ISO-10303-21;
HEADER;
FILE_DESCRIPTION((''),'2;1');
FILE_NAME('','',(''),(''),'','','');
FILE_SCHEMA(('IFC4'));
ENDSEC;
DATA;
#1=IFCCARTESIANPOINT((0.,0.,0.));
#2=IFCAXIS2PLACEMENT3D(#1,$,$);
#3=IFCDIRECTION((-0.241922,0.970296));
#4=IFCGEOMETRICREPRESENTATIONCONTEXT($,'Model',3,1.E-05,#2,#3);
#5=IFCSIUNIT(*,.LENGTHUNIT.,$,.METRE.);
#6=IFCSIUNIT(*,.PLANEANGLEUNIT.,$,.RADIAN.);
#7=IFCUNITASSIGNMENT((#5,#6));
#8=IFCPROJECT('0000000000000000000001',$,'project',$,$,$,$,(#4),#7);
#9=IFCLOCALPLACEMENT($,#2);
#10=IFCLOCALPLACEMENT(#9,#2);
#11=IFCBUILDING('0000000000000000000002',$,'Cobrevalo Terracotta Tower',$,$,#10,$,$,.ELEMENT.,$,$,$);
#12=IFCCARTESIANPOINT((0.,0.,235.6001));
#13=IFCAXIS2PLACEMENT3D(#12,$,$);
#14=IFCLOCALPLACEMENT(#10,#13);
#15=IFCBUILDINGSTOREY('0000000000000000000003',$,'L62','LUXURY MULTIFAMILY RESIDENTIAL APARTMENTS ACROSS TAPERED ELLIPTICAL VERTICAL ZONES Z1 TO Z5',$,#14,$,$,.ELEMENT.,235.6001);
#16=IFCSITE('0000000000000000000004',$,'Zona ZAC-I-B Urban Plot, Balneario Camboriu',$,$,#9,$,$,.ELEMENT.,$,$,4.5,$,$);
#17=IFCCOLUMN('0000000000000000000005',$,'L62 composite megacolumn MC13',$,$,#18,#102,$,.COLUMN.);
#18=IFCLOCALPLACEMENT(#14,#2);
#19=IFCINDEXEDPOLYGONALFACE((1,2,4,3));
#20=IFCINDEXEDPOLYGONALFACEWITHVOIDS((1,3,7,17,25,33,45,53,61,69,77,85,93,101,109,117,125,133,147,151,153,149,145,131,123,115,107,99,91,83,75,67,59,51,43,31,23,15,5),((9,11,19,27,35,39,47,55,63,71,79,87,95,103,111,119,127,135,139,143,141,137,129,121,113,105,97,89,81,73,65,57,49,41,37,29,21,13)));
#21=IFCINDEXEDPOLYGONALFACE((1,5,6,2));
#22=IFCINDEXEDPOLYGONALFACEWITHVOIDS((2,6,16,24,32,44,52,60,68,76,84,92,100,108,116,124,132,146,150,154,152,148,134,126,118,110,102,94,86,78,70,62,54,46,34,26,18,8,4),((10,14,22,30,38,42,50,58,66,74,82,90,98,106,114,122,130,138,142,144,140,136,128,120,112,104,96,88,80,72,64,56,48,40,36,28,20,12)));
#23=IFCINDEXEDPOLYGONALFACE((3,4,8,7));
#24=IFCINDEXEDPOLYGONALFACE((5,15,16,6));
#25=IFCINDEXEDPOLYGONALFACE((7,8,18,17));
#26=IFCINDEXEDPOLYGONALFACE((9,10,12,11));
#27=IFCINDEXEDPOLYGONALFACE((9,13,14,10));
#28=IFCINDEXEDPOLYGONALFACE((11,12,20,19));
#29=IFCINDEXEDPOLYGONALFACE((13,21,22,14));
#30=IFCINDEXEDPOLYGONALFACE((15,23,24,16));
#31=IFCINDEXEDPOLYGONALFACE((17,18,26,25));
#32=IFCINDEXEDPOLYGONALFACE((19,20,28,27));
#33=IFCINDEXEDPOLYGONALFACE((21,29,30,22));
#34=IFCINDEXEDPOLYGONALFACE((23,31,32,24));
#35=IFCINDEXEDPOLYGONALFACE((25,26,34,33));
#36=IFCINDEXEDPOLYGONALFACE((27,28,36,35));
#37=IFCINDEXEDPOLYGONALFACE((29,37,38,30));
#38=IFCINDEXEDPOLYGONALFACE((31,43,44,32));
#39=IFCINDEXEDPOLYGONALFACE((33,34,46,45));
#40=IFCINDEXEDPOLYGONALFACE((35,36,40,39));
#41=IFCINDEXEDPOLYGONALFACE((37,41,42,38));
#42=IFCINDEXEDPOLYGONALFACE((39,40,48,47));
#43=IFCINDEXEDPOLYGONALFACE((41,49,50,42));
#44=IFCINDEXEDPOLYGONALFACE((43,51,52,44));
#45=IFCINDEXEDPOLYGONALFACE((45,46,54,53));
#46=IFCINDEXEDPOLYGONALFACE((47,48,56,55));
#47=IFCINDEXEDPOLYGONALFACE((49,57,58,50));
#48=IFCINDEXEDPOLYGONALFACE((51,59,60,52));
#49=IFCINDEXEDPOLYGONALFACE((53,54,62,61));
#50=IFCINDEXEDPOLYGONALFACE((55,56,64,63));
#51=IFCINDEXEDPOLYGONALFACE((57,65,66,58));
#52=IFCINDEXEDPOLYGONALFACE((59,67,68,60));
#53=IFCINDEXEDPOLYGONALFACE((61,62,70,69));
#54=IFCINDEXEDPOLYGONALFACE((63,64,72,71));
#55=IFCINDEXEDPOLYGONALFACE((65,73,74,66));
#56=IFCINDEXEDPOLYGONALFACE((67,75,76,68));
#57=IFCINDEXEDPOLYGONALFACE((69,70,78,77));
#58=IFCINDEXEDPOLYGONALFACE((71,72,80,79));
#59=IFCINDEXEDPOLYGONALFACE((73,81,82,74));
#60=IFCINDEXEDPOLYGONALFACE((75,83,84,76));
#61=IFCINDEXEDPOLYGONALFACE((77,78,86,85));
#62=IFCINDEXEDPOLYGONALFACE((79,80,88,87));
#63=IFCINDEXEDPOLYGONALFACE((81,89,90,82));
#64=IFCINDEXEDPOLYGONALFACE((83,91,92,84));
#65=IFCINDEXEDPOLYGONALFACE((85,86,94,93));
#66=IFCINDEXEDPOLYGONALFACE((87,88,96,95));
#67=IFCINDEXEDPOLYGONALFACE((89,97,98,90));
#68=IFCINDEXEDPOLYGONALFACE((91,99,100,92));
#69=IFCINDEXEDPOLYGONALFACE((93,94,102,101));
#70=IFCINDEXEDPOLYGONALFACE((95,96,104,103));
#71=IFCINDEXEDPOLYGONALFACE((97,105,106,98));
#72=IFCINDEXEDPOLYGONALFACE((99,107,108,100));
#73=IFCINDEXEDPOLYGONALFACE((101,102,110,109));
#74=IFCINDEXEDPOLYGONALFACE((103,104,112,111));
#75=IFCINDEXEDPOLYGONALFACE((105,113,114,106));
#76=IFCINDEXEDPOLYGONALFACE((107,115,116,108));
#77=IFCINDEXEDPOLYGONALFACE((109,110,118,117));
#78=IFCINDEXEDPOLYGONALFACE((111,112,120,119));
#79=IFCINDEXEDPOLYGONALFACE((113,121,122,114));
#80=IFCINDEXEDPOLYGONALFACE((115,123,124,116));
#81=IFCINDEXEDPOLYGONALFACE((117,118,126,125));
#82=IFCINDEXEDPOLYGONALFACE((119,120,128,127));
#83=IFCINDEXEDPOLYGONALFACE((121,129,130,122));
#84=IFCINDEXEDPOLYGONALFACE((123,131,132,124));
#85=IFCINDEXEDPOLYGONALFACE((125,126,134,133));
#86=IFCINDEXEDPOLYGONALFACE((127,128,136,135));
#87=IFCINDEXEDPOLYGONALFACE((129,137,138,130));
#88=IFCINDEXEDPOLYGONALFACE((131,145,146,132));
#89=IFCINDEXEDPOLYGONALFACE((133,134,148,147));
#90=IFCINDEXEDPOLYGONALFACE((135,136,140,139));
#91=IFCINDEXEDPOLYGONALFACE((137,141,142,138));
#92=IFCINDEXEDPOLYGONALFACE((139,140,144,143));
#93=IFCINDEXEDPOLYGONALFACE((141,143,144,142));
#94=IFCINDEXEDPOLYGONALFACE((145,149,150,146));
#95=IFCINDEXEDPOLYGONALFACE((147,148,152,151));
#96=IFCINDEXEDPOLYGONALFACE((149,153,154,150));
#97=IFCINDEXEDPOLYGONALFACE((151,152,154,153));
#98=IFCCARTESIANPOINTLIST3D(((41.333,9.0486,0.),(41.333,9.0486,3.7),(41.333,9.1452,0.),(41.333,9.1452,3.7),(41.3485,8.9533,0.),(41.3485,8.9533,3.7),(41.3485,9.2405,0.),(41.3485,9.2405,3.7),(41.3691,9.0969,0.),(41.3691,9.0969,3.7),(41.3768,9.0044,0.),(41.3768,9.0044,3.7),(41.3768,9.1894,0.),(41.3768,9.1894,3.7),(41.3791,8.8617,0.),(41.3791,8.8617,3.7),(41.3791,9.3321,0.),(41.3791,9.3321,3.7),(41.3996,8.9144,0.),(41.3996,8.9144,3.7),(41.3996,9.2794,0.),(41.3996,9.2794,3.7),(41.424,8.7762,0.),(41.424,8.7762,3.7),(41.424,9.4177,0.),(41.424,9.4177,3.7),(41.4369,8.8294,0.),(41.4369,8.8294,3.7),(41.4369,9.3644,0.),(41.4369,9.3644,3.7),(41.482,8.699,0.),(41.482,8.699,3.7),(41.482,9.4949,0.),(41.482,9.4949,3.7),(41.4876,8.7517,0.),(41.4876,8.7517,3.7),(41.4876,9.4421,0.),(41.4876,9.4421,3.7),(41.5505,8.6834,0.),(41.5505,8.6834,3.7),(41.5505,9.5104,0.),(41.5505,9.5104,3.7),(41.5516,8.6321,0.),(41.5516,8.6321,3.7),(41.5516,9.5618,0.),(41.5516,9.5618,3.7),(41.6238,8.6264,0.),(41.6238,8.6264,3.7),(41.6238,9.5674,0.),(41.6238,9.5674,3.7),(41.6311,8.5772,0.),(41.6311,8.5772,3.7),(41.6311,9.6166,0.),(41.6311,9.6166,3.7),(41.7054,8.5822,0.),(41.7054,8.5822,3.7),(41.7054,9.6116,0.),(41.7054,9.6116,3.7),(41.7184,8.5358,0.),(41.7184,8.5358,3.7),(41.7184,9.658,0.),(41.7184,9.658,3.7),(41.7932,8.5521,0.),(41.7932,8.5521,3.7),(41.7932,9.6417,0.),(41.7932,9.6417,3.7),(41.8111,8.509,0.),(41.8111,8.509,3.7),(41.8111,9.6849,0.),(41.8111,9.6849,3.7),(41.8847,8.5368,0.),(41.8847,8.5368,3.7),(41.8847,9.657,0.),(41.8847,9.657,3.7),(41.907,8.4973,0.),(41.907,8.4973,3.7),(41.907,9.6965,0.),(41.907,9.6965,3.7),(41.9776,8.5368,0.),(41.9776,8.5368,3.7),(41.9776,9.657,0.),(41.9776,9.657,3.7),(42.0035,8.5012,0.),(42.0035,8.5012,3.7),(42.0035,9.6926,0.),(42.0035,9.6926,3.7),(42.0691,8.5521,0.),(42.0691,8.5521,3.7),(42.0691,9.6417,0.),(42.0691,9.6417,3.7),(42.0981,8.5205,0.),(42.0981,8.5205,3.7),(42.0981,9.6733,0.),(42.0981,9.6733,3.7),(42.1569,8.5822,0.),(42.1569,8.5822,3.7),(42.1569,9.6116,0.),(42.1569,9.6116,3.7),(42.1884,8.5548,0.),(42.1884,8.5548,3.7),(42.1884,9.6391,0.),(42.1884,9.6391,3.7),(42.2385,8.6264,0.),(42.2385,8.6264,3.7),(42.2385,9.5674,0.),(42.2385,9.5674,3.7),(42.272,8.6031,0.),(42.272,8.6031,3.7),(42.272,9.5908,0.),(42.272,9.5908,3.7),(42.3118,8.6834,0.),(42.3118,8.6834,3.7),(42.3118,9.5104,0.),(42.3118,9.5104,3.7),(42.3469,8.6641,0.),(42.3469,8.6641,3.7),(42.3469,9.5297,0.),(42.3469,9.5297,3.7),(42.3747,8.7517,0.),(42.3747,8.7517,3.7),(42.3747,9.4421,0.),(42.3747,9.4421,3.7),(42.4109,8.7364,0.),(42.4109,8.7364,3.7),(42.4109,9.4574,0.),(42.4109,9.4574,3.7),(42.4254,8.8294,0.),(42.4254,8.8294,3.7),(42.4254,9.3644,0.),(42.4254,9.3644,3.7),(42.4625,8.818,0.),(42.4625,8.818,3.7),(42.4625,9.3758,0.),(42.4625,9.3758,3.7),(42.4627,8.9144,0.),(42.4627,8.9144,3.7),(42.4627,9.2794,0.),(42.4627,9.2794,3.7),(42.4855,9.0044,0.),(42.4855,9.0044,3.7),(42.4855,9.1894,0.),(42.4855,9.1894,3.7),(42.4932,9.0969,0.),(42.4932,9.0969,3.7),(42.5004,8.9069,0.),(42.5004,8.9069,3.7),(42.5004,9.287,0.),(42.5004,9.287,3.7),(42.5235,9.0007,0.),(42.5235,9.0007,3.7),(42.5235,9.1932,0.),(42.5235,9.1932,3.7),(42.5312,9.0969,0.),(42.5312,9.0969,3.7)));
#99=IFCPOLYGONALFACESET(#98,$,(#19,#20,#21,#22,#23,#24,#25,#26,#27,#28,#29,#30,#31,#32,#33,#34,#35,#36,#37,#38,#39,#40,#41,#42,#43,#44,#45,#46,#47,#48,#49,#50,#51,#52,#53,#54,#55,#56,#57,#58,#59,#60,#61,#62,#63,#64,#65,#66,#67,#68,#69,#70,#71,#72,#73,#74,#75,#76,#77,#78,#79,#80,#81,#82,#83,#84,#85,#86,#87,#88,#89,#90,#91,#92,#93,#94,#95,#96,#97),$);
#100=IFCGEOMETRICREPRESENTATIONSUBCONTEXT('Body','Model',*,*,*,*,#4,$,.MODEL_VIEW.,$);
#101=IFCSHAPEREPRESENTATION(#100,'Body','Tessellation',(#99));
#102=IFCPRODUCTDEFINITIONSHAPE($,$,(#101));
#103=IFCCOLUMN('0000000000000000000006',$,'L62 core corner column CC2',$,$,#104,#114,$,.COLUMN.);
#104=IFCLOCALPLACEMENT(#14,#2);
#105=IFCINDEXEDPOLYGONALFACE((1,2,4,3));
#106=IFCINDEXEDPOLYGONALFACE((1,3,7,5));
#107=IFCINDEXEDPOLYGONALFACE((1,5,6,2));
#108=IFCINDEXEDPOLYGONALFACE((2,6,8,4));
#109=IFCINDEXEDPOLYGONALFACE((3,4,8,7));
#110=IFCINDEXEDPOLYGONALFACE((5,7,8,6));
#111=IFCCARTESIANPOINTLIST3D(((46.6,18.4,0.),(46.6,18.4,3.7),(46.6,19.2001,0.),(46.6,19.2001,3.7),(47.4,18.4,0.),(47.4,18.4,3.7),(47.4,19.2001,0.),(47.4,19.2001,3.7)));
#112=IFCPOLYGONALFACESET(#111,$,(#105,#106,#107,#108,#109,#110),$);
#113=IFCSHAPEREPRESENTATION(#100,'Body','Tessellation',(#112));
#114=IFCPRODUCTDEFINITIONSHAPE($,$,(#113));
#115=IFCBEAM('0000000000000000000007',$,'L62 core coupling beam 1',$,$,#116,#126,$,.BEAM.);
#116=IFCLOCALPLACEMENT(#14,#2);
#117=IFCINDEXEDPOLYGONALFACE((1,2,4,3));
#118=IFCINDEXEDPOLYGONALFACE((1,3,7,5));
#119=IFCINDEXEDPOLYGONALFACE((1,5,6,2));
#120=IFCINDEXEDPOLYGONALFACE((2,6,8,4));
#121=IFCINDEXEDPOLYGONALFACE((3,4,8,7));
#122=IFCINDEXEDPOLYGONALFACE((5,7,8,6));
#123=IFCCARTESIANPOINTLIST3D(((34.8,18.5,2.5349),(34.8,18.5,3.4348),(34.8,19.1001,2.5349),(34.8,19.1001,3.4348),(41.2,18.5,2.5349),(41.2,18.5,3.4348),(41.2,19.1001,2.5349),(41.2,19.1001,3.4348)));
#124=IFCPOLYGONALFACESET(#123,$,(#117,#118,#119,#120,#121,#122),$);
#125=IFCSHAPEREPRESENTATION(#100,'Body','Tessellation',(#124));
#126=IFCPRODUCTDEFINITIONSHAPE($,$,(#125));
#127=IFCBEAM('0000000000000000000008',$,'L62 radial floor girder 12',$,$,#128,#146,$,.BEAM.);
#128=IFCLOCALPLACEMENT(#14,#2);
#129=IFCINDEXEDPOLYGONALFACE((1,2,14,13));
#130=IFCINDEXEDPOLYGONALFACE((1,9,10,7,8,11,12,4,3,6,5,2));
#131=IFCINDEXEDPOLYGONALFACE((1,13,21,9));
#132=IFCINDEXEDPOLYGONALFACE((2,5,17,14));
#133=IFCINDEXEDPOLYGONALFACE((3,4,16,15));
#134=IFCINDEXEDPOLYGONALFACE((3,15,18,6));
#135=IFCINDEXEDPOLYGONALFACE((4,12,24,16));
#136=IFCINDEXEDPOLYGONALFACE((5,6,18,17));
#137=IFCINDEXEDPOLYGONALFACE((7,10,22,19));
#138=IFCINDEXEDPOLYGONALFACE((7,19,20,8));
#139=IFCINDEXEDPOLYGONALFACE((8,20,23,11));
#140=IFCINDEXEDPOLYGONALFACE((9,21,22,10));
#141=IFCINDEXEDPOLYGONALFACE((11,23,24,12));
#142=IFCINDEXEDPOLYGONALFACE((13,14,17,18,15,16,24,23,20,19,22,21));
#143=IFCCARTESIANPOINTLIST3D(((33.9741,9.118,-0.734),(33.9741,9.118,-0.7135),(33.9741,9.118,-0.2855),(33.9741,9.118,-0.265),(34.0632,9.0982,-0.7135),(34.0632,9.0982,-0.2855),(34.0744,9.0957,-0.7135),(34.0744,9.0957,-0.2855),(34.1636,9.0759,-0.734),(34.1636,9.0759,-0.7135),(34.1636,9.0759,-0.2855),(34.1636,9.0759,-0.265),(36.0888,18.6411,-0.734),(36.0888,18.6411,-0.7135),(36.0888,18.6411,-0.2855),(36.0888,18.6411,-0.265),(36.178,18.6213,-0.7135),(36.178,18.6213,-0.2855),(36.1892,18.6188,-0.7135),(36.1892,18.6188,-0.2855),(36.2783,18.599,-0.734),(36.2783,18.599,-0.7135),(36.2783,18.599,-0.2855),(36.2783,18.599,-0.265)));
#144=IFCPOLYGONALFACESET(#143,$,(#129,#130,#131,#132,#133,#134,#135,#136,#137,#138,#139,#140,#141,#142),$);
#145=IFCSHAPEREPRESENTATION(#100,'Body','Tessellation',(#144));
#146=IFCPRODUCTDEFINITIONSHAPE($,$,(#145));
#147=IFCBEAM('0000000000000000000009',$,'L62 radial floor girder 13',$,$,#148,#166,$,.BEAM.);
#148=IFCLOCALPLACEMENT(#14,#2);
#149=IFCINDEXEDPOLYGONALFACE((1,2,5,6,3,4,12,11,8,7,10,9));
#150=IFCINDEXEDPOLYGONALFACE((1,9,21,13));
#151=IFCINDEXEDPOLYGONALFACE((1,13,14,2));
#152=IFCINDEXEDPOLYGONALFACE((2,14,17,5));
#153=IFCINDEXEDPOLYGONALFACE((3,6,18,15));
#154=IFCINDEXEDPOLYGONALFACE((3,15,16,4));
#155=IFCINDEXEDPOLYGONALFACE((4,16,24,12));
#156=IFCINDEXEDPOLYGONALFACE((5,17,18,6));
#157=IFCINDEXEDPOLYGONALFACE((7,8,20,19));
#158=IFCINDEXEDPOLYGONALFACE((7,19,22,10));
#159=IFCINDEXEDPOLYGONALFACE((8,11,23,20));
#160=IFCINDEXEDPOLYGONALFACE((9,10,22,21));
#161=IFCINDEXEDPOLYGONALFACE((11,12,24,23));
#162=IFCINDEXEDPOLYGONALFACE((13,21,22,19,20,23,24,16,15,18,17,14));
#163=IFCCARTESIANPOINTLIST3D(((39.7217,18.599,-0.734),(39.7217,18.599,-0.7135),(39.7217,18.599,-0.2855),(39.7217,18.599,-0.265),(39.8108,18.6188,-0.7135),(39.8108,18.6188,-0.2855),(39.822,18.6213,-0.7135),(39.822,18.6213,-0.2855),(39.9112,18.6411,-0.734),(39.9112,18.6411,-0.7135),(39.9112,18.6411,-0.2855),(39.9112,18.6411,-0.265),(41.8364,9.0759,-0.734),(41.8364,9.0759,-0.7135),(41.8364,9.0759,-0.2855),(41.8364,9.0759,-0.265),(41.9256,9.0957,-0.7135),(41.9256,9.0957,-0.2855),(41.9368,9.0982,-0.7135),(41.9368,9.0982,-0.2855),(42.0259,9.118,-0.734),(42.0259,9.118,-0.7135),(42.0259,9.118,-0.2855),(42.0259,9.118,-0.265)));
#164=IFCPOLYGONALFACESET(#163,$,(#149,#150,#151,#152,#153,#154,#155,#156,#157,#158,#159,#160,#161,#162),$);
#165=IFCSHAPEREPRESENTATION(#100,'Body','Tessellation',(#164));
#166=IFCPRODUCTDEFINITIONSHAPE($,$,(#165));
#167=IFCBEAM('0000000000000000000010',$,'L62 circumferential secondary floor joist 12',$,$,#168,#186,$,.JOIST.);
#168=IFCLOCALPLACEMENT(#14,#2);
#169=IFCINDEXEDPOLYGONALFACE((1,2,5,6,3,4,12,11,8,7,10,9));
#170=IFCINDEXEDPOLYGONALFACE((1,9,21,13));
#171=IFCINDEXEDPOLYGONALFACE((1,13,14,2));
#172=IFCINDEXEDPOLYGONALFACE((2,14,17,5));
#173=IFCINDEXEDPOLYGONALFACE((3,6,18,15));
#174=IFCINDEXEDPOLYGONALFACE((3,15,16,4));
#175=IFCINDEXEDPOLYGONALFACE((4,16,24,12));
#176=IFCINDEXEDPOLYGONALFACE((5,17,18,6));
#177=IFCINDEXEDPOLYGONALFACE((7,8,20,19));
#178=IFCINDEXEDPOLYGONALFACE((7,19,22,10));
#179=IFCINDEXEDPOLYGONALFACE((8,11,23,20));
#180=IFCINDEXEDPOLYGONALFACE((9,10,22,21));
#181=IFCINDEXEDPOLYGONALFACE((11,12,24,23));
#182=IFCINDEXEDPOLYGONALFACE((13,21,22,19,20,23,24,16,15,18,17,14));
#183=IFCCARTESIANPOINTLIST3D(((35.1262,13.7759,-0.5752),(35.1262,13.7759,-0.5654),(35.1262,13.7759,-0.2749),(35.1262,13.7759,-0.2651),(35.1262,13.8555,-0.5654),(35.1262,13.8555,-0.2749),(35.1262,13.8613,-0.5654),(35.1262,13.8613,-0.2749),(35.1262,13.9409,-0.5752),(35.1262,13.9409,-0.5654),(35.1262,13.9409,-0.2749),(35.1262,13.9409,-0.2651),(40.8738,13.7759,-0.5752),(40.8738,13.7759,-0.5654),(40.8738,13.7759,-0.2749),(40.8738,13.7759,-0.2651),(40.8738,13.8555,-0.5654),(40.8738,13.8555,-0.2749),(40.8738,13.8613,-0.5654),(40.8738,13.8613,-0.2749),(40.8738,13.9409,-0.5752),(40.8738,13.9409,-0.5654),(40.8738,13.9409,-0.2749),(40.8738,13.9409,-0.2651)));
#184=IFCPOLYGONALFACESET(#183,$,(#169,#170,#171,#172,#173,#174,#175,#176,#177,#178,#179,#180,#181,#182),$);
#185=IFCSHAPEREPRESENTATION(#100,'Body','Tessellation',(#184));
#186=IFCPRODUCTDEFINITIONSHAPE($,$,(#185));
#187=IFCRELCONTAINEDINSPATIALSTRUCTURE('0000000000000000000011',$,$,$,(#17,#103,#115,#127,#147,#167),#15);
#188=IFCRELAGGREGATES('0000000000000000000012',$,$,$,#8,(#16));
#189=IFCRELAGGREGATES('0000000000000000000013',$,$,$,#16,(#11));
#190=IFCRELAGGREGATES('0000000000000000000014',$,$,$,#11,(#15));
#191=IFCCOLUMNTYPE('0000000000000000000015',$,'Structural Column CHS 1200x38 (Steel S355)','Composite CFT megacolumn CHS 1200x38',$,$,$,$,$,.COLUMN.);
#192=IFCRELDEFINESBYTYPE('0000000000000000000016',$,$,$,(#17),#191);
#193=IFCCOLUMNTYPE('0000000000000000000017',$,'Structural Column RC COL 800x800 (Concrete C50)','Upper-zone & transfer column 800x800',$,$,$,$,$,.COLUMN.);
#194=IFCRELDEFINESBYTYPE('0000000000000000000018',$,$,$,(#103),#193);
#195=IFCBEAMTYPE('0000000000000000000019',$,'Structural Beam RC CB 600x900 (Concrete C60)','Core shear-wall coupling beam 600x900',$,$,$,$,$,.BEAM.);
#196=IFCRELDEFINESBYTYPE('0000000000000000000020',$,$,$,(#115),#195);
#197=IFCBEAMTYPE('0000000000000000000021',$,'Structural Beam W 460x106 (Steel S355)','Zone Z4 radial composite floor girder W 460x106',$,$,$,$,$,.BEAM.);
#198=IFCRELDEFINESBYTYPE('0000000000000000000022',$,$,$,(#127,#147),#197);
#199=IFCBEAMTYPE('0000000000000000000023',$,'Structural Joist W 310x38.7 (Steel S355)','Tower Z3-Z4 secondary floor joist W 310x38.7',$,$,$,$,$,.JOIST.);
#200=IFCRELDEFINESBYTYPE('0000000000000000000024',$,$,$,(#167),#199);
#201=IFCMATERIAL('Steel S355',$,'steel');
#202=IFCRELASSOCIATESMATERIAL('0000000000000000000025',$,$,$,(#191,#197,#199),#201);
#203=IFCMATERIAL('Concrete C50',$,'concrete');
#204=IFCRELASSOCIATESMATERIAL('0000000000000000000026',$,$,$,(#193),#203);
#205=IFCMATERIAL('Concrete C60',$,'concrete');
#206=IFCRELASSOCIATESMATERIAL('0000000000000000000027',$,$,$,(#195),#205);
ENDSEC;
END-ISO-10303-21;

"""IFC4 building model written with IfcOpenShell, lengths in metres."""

from ifc_helpers import new_model, si_unit, direction, frame, origin, origin_2d, place, context, subcontext, project, spatial, rectangle, hollow_circle, i_section, extrude, material, material_profile, profile_set, type_object, element, save


model = new_model("IFC4")

# Units and contexts
model_context = context("Model", 3, precision=1e-05, world=origin(), true_north=direction((-0.241922, 0.970296)))
body_context = subcontext(model_context, "Body", "Model", "MODEL_VIEW")
ifc_project = project(units=[si_unit("LENGTHUNIT", "METRE"), si_unit("PLANEANGLEUNIT", "RADIAN")], contexts=[model_context])

# Site, building, storey
site_placement = place(None, origin())
site = spatial("IfcSite", under=ifc_project, at=site_placement, Name="Zona ZAC-I-B Urban Plot, Balneario Camboriu", CompositionType="ELEMENT", RefElevation=4.5)
building_placement = place(site_placement, origin())
building = spatial("IfcBuilding", under=site, at=building_placement, Name="Cobrevalo Terracotta Tower", CompositionType="ELEMENT")
storey_placement = place(building_placement, frame((0.0, 0.0, 235.6001)))
storey = spatial("IfcBuildingStorey", under=building, at=storey_placement, Name="L62", Description="LUXURY MULTIFAMILY RESIDENTIAL APARTMENTS ACROSS TAPERED ELLIPTICAL VERTICAL ZONES Z1 TO Z5", CompositionType="ELEMENT", Elevation=235.6001)

# Columns
ifc_material_1 = material(Name="Steel S355", Category="steel")
ifc_material_profile_1 = material_profile(ifc_material_1, hollow_circle(Radius=0.6001, WallThickness=0.0381, at=origin_2d()), Name="CHS 1200x38")
ifc_profile_set_1 = profile_set([ifc_material_profile_1], Name="Steel S355")
column_type_1 = type_object("IfcColumnType", Name="Structural Column CHS 1200x38 (Steel S355)", Description="Composite CFT megacolumn CHS 1200x38", PredefinedType="COLUMN", material=ifc_profile_set_1)
column_1_placement = place(storey_placement, frame((41.9312, 9.0969, 0.0), z_axis=(0.0, 0.0, 1.0), x_axis=(1.0, 0.0, 0.0)))
element("IfcColumn", 1, at=column_1_placement, inside=storey, type_object=column_type_1, Name="L62 composite megacolumn MC13", PredefinedType="COLUMN", context=body_context, shape_type="SweptSolid", body=[
    extrude(hollow_circle(Radius=0.6001, WallThickness=0.0381, at=origin_2d()), origin(), (0.0, 0.0, 1.0), 3.7),
])
ifc_material_2 = material(Name="Concrete C50", Category="concrete")
ifc_material_profile_2 = material_profile(ifc_material_2, rectangle(XDim=0.8, YDim=0.8, at=origin_2d()), Name="RC COL 800x800")
ifc_profile_set_2 = profile_set([ifc_material_profile_2], Name="Concrete C50")
column_type_2 = type_object("IfcColumnType", Name="Structural Column RC COL 800x800 (Concrete C50)", Description="Upper-zone & transfer column 800x800", PredefinedType="COLUMN", material=ifc_profile_set_2)
column_2_placement = place(storey_placement, frame((47.0, 18.8, 0.0), z_axis=(0.0, 0.0, 1.0), x_axis=(1.0, 0.0, 0.0)))
element("IfcColumn", 2, at=column_2_placement, inside=storey, type_object=column_type_2, Name="L62 core corner column CC2", PredefinedType="COLUMN", context=body_context, shape_type="SweptSolid", body=[
    extrude(rectangle(XDim=0.8, YDim=0.8, at=origin_2d()), origin(), (0.0, 0.0, 1.0), 3.7),
])

# Beams
ifc_material_3 = material(Name="Concrete C60", Category="concrete")
ifc_material_profile_3 = material_profile(ifc_material_3, rectangle(XDim=0.6001, YDim=0.8999, at=origin_2d()), Name="RC CB 600x900")
ifc_profile_set_3 = profile_set([ifc_material_profile_3], Name="Concrete C60")
beam_type_1 = type_object("IfcBeamType", Name="Structural Beam RC CB 600x900 (Concrete C60)", Description="Core shear-wall coupling beam 600x900", PredefinedType="BEAM", material=ifc_profile_set_3)
beam_1_placement = place(storey_placement, frame((34.8, 18.8, 2.9849), z_axis=(1.0, 0.0, 0.0), x_axis=(0.0, 1.0, 0.0)))
element("IfcBeam", 3, at=beam_1_placement, inside=storey, type_object=beam_type_1, Name="L62 core coupling beam 1", PredefinedType="BEAM", context=body_context, shape_type="SweptSolid", body=[
    extrude(rectangle(XDim=0.6001, YDim=0.8999, at=origin_2d()), origin(), (0.0, 0.0, 1.0), 6.3999),
])
ifc_material_profile_4 = material_profile(ifc_material_1, i_section(OverallWidth=0.1941, OverallDepth=0.469, WebThickness=0.0115, FlangeThickness=0.0205, at=origin_2d()), Name="W 460x106")
ifc_profile_set_4 = profile_set([ifc_material_profile_4], Name="Steel S355")
beam_type_2 = type_object("IfcBeamType", Name="Structural Beam W 460x106 (Steel S355)", Description="Zone Z4 radial composite floor girder W 460x106", PredefinedType="BEAM", material=ifc_profile_set_4)
for number, where, z_axis, x_axis, name in (
    (4, (34.0688, 9.0969, -0.4995), (0.216782, 0.97622, 0.0), (-0.97622, 0.216782, 0.0), "L62 radial floor girder 12"),
    (5, (41.9312, 9.0969, -0.4995), (-0.216782, 0.97622, 0.0), (-0.97622, -0.216782, 0.0), "L62 radial floor girder 13"),
):
    element("IfcBeam", number, at=place(storey_placement, frame(where, z_axis=z_axis, x_axis=x_axis)), inside=storey, type_object=beam_type_2, Name=name, PredefinedType="BEAM", context=body_context, shape_type="SweptSolid", body=[
        extrude(i_section(OverallWidth=0.1941, OverallDepth=0.469, WebThickness=0.0115, FlangeThickness=0.0205, at=origin_2d()), origin(), (0.0, 0.0, 1.0), 9.7551),
    ])
ifc_material_profile_5 = material_profile(ifc_material_1, i_section(OverallWidth=0.165, OverallDepth=0.3101, WebThickness=0.0059, FlangeThickness=0.0098, at=origin_2d()), Name="W 310x38.7")
ifc_profile_set_5 = profile_set([ifc_material_profile_5], Name="Steel S355")
beam_type_3 = type_object("IfcBeamType", Name="Structural Joist W 310x38.7 (Steel S355)", Description="Tower Z3-Z4 secondary floor joist W 310x38.7", PredefinedType="JOIST", material=ifc_profile_set_5)
beam_2_placement = place(storey_placement, frame((35.1262, 13.8584, -0.4202), z_axis=(1.0, 0.0, 0.0), x_axis=(0.0, 1.0, 0.0)))
element("IfcBeam", 6, at=beam_2_placement, inside=storey, type_object=beam_type_3, Name="L62 circumferential secondary floor joist 12", PredefinedType="JOIST", context=body_context, shape_type="SweptSolid", body=[
    extrude(i_section(OverallWidth=0.165, OverallDepth=0.3101, WebThickness=0.0059, FlangeThickness=0.0098, at=origin_2d()), origin(), (0.0, 0.0, 1.0), 5.7476),
])

save(model, "model.ifc")
